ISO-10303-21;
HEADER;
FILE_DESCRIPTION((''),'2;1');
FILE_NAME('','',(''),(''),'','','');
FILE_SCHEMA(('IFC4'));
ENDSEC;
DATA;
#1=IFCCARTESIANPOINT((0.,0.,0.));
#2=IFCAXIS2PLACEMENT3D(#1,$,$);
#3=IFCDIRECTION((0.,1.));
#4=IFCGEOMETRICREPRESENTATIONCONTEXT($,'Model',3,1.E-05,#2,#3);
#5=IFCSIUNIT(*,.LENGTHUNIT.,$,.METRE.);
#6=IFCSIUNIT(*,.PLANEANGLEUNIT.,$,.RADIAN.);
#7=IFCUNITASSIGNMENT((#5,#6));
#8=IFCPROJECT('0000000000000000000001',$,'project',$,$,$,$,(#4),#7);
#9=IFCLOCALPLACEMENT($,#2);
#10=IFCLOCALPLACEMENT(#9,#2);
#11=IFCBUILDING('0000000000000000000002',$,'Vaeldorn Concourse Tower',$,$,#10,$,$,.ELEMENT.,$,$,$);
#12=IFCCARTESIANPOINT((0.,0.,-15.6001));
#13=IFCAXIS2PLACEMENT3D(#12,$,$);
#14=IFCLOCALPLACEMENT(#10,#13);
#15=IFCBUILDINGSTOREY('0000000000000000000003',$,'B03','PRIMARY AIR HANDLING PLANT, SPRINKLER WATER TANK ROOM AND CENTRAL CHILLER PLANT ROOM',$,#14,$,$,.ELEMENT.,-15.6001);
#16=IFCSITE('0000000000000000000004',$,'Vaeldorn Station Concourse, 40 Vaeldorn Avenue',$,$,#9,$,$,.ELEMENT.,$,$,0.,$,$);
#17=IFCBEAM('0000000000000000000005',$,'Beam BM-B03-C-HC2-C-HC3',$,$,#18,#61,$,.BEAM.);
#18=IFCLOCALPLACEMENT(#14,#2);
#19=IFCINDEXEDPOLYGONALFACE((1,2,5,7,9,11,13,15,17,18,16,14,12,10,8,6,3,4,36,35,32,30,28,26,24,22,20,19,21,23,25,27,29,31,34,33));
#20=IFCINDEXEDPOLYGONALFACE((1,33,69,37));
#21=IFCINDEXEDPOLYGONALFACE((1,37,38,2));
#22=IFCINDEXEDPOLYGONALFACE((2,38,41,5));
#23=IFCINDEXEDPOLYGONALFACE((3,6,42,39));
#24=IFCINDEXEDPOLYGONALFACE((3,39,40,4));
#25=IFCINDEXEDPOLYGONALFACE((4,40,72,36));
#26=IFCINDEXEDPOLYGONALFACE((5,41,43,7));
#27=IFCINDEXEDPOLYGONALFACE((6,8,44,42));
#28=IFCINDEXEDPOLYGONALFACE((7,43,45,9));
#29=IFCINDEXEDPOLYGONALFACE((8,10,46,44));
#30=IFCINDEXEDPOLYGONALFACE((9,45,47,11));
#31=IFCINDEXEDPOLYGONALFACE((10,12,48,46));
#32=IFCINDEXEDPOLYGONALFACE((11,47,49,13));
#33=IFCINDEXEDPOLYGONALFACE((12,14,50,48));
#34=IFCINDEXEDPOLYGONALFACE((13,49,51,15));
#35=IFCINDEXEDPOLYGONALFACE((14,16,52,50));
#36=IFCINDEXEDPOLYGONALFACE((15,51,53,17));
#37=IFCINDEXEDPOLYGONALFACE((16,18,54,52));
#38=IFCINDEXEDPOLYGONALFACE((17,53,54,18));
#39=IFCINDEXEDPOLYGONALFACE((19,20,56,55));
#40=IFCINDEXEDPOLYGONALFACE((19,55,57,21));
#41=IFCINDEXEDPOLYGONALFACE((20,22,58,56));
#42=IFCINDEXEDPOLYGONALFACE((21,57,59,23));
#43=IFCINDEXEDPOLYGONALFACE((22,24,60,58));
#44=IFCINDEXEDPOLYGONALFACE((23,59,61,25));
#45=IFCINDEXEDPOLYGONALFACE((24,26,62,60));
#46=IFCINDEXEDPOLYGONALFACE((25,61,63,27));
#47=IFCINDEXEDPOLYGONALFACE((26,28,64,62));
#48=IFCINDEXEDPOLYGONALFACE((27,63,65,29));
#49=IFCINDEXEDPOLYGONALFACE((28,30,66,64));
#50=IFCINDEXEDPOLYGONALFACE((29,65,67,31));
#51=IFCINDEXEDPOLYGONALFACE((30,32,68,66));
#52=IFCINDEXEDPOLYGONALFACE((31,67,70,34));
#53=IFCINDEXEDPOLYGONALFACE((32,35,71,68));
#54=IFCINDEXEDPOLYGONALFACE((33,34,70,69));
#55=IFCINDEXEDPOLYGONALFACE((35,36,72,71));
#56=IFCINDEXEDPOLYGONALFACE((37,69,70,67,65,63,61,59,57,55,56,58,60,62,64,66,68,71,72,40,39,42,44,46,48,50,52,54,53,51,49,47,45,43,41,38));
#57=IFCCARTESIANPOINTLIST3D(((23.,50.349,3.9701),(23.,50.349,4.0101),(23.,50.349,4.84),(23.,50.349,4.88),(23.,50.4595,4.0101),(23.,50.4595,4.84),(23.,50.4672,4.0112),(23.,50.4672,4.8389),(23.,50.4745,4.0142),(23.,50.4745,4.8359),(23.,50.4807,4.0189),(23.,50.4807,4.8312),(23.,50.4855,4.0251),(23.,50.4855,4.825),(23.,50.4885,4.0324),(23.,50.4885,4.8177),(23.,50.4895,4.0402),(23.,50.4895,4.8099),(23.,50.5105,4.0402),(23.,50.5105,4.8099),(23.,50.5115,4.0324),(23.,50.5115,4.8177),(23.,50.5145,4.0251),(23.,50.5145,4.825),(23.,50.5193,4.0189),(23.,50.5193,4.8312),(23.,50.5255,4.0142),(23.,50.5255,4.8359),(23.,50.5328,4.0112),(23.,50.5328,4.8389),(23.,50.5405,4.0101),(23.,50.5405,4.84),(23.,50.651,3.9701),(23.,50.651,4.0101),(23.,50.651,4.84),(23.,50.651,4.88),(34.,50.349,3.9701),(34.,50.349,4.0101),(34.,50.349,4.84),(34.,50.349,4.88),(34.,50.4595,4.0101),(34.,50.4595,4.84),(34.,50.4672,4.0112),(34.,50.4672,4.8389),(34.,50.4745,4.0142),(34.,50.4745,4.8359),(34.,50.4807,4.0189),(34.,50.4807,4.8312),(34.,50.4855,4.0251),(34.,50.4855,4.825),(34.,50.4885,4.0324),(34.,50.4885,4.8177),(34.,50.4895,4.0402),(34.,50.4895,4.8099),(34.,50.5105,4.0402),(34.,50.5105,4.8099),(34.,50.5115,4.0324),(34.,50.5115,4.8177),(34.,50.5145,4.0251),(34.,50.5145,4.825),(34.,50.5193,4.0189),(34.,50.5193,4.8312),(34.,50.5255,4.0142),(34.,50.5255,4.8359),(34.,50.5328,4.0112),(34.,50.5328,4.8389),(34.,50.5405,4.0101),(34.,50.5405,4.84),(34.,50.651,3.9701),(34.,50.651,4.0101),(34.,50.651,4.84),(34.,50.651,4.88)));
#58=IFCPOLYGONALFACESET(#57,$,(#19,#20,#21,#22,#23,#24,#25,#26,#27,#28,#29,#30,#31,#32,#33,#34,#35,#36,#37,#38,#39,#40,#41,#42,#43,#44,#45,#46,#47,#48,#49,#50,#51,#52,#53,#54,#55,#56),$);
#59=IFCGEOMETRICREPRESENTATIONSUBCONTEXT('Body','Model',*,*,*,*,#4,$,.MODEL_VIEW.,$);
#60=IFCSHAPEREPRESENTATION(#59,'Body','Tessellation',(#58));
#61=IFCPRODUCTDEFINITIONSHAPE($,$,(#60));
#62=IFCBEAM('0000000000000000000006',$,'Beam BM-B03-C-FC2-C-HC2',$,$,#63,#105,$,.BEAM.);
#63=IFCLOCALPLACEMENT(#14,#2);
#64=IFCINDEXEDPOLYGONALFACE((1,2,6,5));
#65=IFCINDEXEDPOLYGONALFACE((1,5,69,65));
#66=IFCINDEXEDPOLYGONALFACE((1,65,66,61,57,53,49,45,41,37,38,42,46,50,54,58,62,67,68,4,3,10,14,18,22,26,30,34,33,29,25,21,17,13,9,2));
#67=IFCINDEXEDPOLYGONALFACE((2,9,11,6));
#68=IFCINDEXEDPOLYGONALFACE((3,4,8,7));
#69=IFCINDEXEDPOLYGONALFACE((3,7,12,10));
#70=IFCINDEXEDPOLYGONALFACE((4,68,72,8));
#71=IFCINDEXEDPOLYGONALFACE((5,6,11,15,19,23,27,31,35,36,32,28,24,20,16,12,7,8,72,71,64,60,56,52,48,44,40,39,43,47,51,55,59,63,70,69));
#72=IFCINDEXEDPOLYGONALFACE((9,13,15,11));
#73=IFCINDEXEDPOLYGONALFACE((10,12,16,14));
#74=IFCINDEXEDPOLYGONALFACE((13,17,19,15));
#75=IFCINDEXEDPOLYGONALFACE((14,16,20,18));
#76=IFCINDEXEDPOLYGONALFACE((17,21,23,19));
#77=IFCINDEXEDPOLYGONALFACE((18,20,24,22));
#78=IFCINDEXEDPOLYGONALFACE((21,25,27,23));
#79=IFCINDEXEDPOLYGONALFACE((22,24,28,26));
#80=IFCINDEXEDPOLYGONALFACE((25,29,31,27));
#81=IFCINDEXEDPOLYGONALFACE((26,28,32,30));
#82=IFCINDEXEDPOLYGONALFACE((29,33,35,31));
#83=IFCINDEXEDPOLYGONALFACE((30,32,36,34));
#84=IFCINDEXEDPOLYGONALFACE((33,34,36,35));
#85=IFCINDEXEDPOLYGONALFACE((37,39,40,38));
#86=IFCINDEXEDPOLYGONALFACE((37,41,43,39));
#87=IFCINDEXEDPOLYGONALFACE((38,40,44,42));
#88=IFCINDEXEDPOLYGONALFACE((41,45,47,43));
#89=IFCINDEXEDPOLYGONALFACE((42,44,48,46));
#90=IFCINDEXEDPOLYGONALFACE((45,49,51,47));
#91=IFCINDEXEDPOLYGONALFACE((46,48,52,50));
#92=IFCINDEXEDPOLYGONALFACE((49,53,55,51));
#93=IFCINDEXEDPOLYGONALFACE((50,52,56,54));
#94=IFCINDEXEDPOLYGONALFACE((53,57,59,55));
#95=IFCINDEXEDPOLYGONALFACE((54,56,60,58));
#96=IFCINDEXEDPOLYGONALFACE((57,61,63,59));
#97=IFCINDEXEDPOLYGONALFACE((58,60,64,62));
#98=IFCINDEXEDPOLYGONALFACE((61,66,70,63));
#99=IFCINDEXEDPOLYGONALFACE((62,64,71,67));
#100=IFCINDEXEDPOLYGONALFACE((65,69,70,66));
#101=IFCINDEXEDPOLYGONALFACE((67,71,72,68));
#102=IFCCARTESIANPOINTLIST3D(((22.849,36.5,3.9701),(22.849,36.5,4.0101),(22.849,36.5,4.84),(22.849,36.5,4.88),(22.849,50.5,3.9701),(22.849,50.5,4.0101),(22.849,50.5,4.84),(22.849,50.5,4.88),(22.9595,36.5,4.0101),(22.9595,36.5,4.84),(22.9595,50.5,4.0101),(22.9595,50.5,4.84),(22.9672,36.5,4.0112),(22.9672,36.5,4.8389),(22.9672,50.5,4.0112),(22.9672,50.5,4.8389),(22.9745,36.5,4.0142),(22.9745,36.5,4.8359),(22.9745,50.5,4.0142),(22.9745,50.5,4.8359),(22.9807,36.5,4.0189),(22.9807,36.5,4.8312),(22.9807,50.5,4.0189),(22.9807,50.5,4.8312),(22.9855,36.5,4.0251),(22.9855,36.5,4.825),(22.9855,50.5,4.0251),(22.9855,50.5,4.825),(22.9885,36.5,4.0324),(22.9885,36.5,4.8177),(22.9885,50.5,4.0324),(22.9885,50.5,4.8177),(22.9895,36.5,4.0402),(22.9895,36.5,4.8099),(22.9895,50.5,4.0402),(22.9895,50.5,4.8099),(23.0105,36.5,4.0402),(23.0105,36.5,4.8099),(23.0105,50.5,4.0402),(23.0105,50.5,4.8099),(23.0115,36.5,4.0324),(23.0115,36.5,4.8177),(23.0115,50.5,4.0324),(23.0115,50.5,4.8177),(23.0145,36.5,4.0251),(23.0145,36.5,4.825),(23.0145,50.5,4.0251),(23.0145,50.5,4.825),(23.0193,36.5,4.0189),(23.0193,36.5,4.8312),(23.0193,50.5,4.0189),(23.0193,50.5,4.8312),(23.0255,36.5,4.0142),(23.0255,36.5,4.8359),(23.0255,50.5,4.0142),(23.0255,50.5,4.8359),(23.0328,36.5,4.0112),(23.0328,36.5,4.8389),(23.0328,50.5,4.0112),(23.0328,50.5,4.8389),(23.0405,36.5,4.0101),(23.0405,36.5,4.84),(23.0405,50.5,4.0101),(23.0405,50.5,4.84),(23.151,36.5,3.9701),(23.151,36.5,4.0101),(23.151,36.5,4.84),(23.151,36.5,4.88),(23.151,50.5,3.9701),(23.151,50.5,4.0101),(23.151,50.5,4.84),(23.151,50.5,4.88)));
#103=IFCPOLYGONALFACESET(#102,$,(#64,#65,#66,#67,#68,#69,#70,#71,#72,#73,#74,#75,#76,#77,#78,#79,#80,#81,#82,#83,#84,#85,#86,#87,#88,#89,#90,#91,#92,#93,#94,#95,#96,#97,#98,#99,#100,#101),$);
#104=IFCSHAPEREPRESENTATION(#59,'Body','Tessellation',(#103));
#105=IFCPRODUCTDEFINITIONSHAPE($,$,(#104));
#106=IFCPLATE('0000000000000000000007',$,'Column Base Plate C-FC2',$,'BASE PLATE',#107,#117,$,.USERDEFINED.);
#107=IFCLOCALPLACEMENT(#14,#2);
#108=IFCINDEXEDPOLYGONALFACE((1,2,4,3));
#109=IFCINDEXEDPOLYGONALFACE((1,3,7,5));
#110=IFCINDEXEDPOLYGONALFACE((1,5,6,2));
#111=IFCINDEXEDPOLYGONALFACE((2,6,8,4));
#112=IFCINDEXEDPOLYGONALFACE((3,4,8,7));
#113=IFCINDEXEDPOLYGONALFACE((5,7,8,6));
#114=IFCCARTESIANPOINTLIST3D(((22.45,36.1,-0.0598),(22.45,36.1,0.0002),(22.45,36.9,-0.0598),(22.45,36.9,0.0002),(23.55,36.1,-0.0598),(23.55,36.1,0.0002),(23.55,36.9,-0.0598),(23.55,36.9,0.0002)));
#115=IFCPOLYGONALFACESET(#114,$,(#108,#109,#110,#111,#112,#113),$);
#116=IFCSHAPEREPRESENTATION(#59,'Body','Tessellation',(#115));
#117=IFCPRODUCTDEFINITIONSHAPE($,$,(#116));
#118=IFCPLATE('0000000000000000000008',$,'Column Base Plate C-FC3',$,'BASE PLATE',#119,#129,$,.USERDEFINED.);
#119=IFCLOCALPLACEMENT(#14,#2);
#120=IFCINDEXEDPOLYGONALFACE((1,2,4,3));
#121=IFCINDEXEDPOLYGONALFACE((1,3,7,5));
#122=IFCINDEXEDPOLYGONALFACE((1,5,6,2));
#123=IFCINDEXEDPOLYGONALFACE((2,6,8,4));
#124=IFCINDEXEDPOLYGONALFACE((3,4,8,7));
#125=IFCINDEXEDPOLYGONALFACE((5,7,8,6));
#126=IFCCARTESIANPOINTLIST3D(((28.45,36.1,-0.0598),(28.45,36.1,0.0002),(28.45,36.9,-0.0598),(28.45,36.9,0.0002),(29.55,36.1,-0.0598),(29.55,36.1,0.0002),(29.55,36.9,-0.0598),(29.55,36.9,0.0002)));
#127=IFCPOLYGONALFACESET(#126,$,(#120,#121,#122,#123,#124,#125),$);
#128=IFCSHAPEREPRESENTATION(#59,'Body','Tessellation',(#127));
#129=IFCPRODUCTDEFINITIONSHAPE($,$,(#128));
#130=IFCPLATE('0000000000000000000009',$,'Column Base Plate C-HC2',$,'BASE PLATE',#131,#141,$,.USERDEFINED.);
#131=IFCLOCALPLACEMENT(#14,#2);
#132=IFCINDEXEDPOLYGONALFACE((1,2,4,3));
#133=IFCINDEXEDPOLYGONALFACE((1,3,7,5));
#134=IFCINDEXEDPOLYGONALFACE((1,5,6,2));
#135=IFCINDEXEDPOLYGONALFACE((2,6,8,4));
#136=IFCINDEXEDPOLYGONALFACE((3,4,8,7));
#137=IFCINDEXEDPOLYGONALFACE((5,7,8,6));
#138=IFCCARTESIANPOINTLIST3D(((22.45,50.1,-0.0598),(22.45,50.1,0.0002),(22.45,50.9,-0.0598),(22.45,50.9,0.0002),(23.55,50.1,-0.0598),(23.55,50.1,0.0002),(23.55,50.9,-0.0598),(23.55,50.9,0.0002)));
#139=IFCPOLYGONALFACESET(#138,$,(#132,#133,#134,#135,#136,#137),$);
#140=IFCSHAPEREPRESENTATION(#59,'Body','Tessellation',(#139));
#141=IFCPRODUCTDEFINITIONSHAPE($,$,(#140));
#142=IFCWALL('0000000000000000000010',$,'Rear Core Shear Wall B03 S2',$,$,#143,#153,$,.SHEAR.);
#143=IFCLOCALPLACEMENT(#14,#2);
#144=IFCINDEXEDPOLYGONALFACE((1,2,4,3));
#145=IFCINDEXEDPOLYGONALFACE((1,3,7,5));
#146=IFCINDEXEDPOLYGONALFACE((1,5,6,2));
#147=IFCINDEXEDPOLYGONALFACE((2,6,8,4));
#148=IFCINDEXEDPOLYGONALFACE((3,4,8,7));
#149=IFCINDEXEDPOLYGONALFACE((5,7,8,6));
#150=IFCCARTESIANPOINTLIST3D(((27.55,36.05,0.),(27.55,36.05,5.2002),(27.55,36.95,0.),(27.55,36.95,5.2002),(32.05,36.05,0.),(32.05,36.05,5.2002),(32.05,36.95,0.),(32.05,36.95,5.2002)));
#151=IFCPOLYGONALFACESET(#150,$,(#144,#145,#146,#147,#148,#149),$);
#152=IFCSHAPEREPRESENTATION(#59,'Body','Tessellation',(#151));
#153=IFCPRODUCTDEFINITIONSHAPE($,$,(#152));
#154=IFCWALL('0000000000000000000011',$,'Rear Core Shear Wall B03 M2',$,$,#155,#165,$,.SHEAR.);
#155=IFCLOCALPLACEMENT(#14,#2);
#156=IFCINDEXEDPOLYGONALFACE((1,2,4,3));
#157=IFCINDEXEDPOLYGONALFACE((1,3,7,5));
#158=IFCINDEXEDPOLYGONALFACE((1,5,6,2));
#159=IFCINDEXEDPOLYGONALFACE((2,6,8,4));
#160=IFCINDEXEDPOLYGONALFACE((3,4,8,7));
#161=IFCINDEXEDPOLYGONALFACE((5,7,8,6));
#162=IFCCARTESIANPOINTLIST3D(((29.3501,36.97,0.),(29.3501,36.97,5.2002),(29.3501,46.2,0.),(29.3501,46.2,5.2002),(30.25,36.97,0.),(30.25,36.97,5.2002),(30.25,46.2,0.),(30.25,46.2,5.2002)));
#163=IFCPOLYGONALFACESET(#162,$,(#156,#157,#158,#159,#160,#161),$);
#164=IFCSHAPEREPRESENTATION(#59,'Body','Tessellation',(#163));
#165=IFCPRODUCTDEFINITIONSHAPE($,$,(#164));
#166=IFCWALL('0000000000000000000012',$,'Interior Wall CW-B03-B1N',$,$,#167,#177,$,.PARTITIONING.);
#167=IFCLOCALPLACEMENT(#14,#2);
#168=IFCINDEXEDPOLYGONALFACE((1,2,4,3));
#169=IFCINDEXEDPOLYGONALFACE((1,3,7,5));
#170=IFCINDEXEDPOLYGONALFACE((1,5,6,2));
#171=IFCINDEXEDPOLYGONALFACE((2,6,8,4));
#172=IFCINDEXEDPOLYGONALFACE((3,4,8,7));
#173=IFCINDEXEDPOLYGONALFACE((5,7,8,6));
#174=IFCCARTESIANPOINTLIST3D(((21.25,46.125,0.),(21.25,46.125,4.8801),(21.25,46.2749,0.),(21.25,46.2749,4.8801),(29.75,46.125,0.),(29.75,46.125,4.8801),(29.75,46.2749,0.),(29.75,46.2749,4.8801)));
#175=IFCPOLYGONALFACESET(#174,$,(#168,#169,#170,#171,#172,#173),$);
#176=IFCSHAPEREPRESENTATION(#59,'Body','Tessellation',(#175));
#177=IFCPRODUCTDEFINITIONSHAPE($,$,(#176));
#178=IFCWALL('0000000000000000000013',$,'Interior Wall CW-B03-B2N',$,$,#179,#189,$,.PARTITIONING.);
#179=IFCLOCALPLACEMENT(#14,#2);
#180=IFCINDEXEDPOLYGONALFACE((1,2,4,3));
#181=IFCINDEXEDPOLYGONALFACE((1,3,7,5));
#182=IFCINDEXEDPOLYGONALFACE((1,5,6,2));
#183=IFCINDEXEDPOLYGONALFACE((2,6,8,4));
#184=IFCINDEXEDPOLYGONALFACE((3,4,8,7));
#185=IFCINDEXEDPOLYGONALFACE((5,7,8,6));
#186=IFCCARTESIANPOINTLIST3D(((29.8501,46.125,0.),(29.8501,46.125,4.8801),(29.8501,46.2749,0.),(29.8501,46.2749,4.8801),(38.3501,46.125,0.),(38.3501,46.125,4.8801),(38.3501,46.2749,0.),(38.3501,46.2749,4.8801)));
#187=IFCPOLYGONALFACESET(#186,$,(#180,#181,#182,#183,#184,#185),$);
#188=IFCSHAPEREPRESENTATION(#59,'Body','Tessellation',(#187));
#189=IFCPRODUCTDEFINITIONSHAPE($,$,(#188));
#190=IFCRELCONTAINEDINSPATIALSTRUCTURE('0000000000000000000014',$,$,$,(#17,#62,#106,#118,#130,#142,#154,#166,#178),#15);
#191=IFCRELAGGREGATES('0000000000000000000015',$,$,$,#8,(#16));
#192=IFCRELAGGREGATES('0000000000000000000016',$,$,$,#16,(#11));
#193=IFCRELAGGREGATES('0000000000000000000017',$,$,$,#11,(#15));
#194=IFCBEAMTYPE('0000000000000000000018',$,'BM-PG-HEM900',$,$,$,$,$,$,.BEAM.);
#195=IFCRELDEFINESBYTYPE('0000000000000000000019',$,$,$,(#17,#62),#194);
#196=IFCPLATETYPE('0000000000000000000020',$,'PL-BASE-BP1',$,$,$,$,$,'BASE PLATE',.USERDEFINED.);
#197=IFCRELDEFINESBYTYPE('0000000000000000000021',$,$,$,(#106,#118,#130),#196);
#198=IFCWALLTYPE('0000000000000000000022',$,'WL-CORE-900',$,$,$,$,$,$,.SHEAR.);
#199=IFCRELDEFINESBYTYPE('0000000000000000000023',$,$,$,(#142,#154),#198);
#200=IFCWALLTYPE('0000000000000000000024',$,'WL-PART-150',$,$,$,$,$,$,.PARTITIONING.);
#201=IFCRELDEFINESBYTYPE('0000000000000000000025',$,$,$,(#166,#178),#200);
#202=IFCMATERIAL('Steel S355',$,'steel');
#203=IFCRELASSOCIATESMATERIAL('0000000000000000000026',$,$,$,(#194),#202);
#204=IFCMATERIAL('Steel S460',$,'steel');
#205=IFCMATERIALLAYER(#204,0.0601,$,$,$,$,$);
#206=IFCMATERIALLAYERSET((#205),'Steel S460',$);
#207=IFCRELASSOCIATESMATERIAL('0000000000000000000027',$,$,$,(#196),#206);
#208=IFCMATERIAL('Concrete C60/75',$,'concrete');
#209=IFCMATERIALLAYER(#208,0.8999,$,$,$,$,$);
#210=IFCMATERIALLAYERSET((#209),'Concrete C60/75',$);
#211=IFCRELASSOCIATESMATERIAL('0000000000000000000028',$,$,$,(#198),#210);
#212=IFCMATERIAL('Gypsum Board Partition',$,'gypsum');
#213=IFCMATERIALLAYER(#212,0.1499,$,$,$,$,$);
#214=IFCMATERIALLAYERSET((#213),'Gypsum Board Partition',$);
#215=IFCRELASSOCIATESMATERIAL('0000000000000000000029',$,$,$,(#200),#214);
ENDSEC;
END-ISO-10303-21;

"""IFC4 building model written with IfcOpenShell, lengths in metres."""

from ifc_helpers import new_model, si_unit, direction, frame, frame_2d, origin, origin_2d, place, context, subcontext, project, spatial, rectangle, i_section, extrude, source, transform, mapped, material, layer, layer_set, material_profile, profile_set, type_object, element, save


model = new_model("IFC4")

# Units and contexts
model_context = context("Model", 3, precision=1e-05, world=origin(), true_north=direction((0.0, 1.0)))
body_context = subcontext(model_context, "Body", "Model", "MODEL_VIEW")
ifc_project = project(units=[si_unit("LENGTHUNIT", "METRE"), si_unit("PLANEANGLEUNIT", "RADIAN")], contexts=[model_context])

# Site, building, storey
site_placement = place(None, origin())
site = spatial("IfcSite", under=ifc_project, at=site_placement, Name="Vaeldorn Station Concourse, 40 Vaeldorn Avenue", CompositionType="ELEMENT", RefElevation=0.0)
building_placement = place(site_placement, origin())
building = spatial("IfcBuilding", under=site, at=building_placement, Name="Vaeldorn Concourse Tower", CompositionType="ELEMENT")
storey_placement = place(building_placement, frame((0.0, 0.0, -15.6001)))
storey = spatial("IfcBuildingStorey", under=building, at=storey_placement, Name="B03", Description="PRIMARY AIR HANDLING PLANT, SPRINKLER WATER TANK ROOM AND CENTRAL CHILLER PLANT ROOM", CompositionType="ELEMENT", Elevation=-15.6001)

# Shared definitions
ifc_material_1 = material(Name="Steel S460", Category="steel")

# Beams
ifc_material_2 = material(Name="Steel S355", Category="steel")
ifc_material_profile_1 = material_profile(ifc_material_2, i_section(OverallWidth=0.302, OverallDepth=0.9099, WebThickness=0.021, FlangeThickness=0.04, FilletRadius=0.03, at=origin_2d()), Name="HEM 900")
ifc_profile_set_1 = profile_set([ifc_material_profile_1], Name="Steel S355")
beam_type = type_object("IfcBeamType", Name="BM-PG-HEM900", PredefinedType="BEAM", material=ifc_profile_set_1)
shared_shape_1 = source(origin(), body_context, "Body", "SweptSolid", [
    extrude(i_section(OverallWidth=0.302, OverallDepth=0.9099, WebThickness=0.021, FlangeThickness=0.04, FilletRadius=0.03, at=origin_2d()), origin(), (0.0, 0.0, 1.0), 11.0),
])
beam_1_placement = place(storey_placement, frame((23.0, 50.5, 4.425), z_axis=(1.0, 0.0, 0.0), x_axis=(0.0, 1.0, 0.0)))
element("IfcBeam", 1, at=beam_1_placement, inside=storey, type_object=beam_type, Name="Beam BM-B03-C-HC2-C-HC3", PredefinedType="BEAM", context=body_context, shape_type="MappedRepresentation", body=[
    mapped(shared_shape_1, transform((0.0, 0.0, 0.0), scale=1.0)),
])
shared_shape_2 = source(origin(), body_context, "Body", "SweptSolid", [
    extrude(i_section(OverallWidth=0.302, OverallDepth=0.9099, WebThickness=0.021, FlangeThickness=0.04, FilletRadius=0.03, at=origin_2d()), origin(), (0.0, 0.0, 1.0), 14.0),
])
beam_2_placement = place(storey_placement, frame((23.0, 36.5, 4.425), z_axis=(0.0, 1.0, 0.0), x_axis=(-1.0, 0.0, 0.0)))
element("IfcBeam", 2, at=beam_2_placement, inside=storey, type_object=beam_type, Name="Beam BM-B03-C-FC2-C-HC2", PredefinedType="BEAM", context=body_context, shape_type="MappedRepresentation", body=[
    mapped(shared_shape_2, transform((0.0, 0.0, 0.0), scale=1.0)),
])

# Plates
ifc_layer_1 = layer(ifc_material_1, 0.0601)
ifc_layer_set_1 = layer_set([ifc_layer_1], Name="Steel S460")
plate_type = type_object("IfcPlateType", Name="PL-BASE-BP1", ElementType="BASE PLATE", PredefinedType="USERDEFINED", material=ifc_layer_set_1)
shared_shape_3 = source(origin(), body_context, "Body", "SweptSolid", [
    extrude(rectangle(XDim=1.1001, YDim=0.8, at=origin_2d()), origin(), (0.0, 0.0, 1.0), 0.0601),
])
for number, where, z_axis, x_axis, name in (
    (3, (23.0, 36.5, -0.0598), (0.0, 0.0, 1.0), (1.0, 0.0, 0.0), "Column Base Plate C-FC2"),
    (4, (29.0, 36.5, -0.0598), (0.0, 0.0, 1.0), (1.0, 0.0, 0.0), "Column Base Plate C-FC3"),
    (5, (23.0, 50.5, -0.0598), (0.0, 0.0, 1.0), (1.0, 0.0, 0.0), "Column Base Plate C-HC2"),
):
    element("IfcPlate", number, at=place(storey_placement, frame(where, z_axis=z_axis, x_axis=x_axis)), inside=storey, type_object=plate_type, Name=name, ObjectType="BASE PLATE", PredefinedType="USERDEFINED", context=body_context, shape_type="MappedRepresentation", body=[
        mapped(shared_shape_3, transform((0.0, 0.0, 0.0), scale=1.0)),
    ])

# Walls
ifc_material_3 = material(Name="Concrete C60/75", Category="concrete")
ifc_layer_2 = layer(ifc_material_3, 0.8999)
ifc_layer_set_2 = layer_set([ifc_layer_2], Name="Concrete C60/75")
wall_type_1 = type_object("IfcWallType", Name="WL-CORE-900", PredefinedType="SHEAR", material=ifc_layer_set_2)
wall_1_placement = place(storey_placement, frame((27.55, 36.5, 0.0), z_axis=(0.0, 0.0, 1.0), x_axis=(1.0, 0.0, 0.0)))
element("IfcWall", 6, at=wall_1_placement, inside=storey, type_object=wall_type_1, Name="Rear Core Shear Wall B03 S2", PredefinedType="SHEAR", context=body_context, shape_type="SweptSolid", body=[
    extrude(rectangle(XDim=4.5, YDim=0.8999, at=frame_2d((2.25, 0.0))), origin(), (0.0, 0.0, 1.0), 5.2002),
])
wall_2_placement = place(storey_placement, frame((29.8, 36.97, 0.0), z_axis=(0.0, 0.0, 1.0), x_axis=(0.0, 1.0, 0.0)))
element("IfcWall", 7, at=wall_2_placement, inside=storey, type_object=wall_type_1, Name="Rear Core Shear Wall B03 M2", PredefinedType="SHEAR", context=body_context, shape_type="SweptSolid", body=[
    extrude(rectangle(XDim=9.23, YDim=0.8999, at=frame_2d((4.615, 0.0))), origin(), (0.0, 0.0, 1.0), 5.2002),
])
ifc_material_4 = material(Name="Gypsum Board Partition", Category="gypsum")
ifc_layer_3 = layer(ifc_material_4, 0.1499)
ifc_layer_set_3 = layer_set([ifc_layer_3], Name="Gypsum Board Partition")
wall_type_2 = type_object("IfcWallType", Name="WL-PART-150", PredefinedType="PARTITIONING", material=ifc_layer_set_3)
for number, where, z_axis, x_axis, name in (
    (8, (21.25, 46.2, 0.0), (0.0, 0.0, 1.0), (1.0, 0.0, 0.0), "Interior Wall CW-B03-B1N"),
    (9, (29.8501, 46.2, 0.0), (0.0, 0.0, 1.0), (1.0, 0.0, 0.0), "Interior Wall CW-B03-B2N"),
):
    element("IfcWall", number, at=place(storey_placement, frame(where, z_axis=z_axis, x_axis=x_axis)), inside=storey, type_object=wall_type_2, Name=name, PredefinedType="PARTITIONING", context=body_context, shape_type="SweptSolid", body=[
        extrude(rectangle(XDim=8.5, YDim=0.1499, at=frame_2d((4.25, 0.0))), origin(), (0.0, 0.0, 1.0), 4.8801),
    ])

save(model, "model.ifc")
